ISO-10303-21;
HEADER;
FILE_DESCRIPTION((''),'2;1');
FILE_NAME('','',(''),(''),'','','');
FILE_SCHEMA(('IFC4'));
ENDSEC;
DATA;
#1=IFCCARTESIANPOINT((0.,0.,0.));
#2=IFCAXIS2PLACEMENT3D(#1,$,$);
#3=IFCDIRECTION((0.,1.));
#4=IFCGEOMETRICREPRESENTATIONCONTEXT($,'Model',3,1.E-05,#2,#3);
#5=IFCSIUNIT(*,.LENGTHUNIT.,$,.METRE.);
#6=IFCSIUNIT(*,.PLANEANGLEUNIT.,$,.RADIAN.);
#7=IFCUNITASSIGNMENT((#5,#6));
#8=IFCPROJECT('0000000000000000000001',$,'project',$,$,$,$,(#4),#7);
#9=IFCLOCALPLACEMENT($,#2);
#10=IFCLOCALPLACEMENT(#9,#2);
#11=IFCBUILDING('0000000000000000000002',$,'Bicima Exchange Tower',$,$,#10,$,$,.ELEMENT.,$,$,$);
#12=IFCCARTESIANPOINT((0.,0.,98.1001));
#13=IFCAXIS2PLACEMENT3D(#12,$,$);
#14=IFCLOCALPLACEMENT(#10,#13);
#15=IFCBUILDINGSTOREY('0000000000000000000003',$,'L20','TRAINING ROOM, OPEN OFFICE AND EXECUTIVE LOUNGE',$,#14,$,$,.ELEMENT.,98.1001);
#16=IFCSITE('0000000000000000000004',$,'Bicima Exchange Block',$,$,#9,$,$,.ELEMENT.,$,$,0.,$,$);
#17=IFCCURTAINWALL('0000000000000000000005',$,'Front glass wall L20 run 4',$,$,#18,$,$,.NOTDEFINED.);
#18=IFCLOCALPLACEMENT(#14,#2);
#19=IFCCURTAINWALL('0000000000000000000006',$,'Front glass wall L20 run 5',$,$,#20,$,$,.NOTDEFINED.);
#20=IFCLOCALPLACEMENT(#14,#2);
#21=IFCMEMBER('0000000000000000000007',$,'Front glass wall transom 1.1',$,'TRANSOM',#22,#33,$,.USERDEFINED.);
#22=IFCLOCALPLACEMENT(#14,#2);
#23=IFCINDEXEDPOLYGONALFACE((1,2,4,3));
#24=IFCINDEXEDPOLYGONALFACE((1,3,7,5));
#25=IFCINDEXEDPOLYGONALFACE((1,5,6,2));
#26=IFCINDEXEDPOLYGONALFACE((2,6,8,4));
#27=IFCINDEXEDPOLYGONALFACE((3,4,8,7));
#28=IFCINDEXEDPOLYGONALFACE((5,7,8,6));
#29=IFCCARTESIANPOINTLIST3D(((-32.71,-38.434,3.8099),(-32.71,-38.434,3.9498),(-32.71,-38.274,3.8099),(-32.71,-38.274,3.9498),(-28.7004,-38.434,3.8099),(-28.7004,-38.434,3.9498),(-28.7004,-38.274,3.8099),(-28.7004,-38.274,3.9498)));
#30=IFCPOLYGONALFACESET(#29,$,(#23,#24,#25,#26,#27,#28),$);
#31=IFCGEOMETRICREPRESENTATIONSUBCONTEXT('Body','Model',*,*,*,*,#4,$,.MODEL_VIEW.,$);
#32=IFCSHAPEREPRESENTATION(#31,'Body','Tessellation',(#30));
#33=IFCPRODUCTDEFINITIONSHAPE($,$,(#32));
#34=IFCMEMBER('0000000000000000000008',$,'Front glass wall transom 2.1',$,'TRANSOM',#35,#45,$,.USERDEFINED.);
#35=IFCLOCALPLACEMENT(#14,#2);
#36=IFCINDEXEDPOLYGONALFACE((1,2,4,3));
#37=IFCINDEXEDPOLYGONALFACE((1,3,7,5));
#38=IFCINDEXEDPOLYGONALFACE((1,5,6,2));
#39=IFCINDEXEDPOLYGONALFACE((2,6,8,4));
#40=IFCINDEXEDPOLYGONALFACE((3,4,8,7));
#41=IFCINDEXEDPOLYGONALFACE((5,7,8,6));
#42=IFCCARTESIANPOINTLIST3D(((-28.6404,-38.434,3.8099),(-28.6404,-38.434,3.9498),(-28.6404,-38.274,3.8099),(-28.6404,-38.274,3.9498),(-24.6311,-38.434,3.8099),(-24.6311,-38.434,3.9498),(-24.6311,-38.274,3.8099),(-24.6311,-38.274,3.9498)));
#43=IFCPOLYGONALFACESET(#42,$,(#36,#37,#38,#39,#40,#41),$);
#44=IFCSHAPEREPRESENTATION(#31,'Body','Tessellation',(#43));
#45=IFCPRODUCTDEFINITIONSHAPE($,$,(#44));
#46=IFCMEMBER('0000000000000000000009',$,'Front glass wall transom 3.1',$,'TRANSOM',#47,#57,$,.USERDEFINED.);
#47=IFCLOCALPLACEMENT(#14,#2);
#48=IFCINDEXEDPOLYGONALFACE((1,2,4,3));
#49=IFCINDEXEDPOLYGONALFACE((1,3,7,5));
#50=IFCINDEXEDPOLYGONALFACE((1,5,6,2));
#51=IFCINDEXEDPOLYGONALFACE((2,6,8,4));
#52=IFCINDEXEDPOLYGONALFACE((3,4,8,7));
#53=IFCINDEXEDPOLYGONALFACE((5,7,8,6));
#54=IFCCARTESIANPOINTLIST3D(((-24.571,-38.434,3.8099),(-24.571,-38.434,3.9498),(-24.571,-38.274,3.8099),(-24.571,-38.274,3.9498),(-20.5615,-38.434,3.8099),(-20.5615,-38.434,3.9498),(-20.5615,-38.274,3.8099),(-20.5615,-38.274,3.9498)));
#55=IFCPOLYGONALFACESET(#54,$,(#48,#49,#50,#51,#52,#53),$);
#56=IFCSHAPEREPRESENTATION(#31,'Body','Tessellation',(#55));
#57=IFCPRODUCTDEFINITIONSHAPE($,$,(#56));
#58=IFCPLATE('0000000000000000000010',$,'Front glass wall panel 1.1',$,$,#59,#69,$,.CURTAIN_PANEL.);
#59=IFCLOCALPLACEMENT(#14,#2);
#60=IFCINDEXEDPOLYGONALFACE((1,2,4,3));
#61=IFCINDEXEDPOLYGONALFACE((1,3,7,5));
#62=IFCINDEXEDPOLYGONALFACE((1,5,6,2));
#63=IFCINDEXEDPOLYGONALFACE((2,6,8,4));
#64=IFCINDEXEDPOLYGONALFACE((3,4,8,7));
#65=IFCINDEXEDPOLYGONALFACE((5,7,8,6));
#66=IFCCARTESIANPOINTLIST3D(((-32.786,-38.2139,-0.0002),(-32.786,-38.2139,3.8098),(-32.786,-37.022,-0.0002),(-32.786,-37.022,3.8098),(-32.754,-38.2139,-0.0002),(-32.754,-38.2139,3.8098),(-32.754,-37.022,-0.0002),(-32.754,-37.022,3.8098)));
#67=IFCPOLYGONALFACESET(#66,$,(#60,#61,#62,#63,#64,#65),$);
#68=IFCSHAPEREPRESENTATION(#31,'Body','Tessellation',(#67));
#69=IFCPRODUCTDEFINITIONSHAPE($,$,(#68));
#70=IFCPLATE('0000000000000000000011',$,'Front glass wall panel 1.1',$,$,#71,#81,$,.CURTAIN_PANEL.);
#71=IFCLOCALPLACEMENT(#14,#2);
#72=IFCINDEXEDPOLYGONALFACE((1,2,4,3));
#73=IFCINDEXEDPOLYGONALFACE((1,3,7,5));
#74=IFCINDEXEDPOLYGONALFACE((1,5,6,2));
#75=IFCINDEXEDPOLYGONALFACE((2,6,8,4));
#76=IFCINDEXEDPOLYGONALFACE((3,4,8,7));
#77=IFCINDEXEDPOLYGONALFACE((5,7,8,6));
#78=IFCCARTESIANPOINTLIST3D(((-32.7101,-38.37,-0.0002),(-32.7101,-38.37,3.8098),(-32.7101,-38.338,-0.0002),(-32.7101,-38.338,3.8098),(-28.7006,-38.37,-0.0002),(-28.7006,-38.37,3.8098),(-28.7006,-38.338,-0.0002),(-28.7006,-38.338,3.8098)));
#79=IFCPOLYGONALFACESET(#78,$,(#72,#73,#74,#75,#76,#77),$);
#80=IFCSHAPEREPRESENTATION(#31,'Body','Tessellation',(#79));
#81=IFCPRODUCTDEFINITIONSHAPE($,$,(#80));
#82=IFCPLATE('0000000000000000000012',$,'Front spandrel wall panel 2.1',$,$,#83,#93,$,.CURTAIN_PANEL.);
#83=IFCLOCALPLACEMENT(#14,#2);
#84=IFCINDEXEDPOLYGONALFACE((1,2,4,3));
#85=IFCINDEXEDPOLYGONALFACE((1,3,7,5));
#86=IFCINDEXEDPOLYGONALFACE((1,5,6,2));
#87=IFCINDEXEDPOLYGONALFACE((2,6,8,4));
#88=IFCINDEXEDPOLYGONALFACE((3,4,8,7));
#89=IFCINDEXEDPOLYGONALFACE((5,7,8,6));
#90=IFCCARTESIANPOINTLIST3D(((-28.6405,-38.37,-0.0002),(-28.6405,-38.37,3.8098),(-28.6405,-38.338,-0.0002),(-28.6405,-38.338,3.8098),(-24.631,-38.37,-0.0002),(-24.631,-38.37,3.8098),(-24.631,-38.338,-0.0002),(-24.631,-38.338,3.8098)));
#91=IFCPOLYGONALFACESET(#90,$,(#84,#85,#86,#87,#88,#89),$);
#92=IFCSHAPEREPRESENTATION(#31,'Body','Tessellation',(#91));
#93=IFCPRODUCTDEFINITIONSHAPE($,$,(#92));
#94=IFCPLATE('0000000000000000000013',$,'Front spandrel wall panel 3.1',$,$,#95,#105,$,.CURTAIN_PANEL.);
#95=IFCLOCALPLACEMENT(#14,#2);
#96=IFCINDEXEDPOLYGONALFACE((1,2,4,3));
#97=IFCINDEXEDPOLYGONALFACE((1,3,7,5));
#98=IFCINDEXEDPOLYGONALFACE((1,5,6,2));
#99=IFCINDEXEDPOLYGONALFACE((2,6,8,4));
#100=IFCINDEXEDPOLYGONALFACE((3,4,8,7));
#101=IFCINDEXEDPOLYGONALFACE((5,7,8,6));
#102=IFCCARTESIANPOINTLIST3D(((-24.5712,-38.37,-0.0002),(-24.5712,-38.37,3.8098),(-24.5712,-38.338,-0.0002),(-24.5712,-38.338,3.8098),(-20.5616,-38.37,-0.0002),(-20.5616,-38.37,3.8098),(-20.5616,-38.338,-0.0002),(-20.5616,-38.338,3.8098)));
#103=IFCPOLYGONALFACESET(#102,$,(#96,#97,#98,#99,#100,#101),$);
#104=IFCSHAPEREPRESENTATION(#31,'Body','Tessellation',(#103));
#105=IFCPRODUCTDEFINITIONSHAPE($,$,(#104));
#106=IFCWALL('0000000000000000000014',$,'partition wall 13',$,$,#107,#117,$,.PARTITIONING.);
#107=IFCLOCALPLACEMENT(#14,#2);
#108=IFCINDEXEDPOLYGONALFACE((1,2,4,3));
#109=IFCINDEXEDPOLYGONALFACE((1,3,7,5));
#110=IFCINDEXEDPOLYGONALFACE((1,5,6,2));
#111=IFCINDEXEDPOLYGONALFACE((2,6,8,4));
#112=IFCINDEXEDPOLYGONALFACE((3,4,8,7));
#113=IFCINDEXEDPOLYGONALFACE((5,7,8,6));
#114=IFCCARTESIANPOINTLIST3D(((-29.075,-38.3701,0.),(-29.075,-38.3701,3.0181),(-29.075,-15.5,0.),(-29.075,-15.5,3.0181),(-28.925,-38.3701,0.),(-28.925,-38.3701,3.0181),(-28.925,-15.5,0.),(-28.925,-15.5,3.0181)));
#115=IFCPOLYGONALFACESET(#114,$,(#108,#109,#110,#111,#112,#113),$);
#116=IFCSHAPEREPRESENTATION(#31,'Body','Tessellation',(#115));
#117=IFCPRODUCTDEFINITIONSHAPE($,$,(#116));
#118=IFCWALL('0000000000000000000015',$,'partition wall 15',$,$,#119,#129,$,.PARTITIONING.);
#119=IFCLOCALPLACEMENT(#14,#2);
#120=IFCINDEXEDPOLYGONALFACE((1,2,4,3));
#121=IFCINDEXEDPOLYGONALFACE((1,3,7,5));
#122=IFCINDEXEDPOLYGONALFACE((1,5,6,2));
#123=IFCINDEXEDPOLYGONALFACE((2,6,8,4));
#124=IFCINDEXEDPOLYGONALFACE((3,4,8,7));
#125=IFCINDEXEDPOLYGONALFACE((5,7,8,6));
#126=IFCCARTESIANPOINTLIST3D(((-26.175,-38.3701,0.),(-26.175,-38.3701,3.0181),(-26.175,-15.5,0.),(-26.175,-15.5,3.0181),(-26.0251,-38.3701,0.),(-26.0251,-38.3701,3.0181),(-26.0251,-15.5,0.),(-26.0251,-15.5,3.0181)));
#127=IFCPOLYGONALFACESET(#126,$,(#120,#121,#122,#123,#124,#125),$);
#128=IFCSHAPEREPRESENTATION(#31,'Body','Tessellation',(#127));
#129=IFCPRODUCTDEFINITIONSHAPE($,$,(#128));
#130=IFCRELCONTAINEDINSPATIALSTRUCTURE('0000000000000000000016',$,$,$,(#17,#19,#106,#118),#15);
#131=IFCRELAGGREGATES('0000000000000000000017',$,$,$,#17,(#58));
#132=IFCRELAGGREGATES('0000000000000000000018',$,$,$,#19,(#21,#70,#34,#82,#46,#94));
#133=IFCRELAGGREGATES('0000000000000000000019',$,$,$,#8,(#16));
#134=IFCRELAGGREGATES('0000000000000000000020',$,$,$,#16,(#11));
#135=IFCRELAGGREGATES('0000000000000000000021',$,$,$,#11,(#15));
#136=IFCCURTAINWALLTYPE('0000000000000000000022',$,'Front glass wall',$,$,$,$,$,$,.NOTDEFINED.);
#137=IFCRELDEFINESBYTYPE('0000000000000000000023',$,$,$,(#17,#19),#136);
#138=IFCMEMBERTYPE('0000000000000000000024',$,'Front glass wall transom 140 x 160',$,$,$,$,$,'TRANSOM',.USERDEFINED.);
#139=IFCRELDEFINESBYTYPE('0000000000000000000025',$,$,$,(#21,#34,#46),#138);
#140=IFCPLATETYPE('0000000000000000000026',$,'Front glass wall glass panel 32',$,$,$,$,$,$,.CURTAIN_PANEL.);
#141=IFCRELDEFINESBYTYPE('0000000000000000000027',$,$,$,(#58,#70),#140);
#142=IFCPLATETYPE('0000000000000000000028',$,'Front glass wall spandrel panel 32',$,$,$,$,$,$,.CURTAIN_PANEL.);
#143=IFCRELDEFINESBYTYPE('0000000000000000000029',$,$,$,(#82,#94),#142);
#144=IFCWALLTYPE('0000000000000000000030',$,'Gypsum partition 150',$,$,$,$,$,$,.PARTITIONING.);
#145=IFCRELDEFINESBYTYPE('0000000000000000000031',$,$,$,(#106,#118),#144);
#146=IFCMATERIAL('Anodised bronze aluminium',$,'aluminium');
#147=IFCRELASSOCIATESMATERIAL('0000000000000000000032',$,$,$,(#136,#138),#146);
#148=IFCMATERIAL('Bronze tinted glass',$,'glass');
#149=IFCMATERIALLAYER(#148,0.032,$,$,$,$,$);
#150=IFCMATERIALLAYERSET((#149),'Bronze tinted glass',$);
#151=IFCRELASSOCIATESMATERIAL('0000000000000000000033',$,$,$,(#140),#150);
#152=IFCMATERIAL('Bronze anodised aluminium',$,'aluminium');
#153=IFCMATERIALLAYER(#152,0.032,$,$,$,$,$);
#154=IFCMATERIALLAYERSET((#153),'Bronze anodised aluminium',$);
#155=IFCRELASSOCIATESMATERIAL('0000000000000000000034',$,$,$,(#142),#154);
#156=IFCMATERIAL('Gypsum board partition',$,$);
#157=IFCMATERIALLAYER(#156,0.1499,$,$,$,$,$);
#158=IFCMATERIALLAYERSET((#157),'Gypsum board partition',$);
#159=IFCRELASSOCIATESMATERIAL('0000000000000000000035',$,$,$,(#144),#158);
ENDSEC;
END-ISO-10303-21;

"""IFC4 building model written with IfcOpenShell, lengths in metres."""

from ifc_helpers import new_model, si_unit, direction, frame, frame_2d, origin, origin_2d, place, context, subcontext, project, spatial, rectangle, extrude, material, layer, layer_set, material_profile, profile_set, type_object, element, aggregate, save


model = new_model("IFC4")

# Units and contexts
model_context = context("Model", 3, precision=1e-05, world=origin(), true_north=direction((0.0, 1.0)))
body_context = subcontext(model_context, "Body", "Model", "MODEL_VIEW")
ifc_project = project(units=[si_unit("LENGTHUNIT", "METRE"), si_unit("PLANEANGLEUNIT", "RADIAN")], contexts=[model_context])

# Site, building, storey
site_placement = place(None, origin())
site = spatial("IfcSite", under=ifc_project, at=site_placement, Name="Bicima Exchange Block", CompositionType="ELEMENT", RefElevation=0.0)
building_placement = place(site_placement, origin())
building = spatial("IfcBuilding", under=site, at=building_placement, Name="Bicima Exchange Tower", CompositionType="ELEMENT")
storey_placement = place(building_placement, frame((0.0, 0.0, 98.1001)))
storey = spatial("IfcBuildingStorey", under=building, at=storey_placement, Name="L20", Description="TRAINING ROOM, OPEN OFFICE AND EXECUTIVE LOUNGE", CompositionType="ELEMENT", Elevation=98.1001)

# Shared definitions
ifc_material_1 = material(Name="Anodised bronze aluminium", Category="aluminium")
curtain_wall_type = type_object("IfcCurtainWallType", Name="Front glass wall", PredefinedType="NOTDEFINED", material=ifc_material_1)

# Curtain walls
curtain_wall_1_placement = place(storey_placement, origin())
curtain_wall_1 = element("IfcCurtainWall", 1, at=curtain_wall_1_placement, inside=storey, type_object=curtain_wall_type, Name="Front glass wall L20 run 4", PredefinedType="NOTDEFINED")
curtain_wall_2_placement = place(storey_placement, origin())
curtain_wall_2 = element("IfcCurtainWall", 2, at=curtain_wall_2_placement, inside=storey, type_object=curtain_wall_type, Name="Front glass wall L20 run 5", PredefinedType="NOTDEFINED")

# Members
ifc_material_profile_1 = material_profile(ifc_material_1, rectangle(XDim=0.1599, YDim=0.1399, at=origin_2d()))
ifc_profile_set_1 = profile_set([ifc_material_profile_1], Name="Anodised bronze aluminium")
member_type_1 = type_object("IfcMemberType", Name="Front glass wall transom 140 x 160", ElementType="TRANSOM", PredefinedType="USERDEFINED", material=ifc_profile_set_1)
member_1_placement = place(storey_placement, frame((-32.71, -38.354, 3.8799), z_axis=(1.0, 0.0, 0.0), x_axis=(0.0, 1.0, 0.0)))
member_1 = element("IfcMember", 3, at=member_1_placement, type_object=member_type_1, Name="Front glass wall transom 1.1", ObjectType="TRANSOM", PredefinedType="USERDEFINED", context=body_context, shape_type="SweptSolid", body=[
    extrude(rectangle(XDim=0.1599, YDim=0.1399, at=origin_2d()), origin(), (0.0, 0.0, 1.0), 4.0095),
])
member_2_placement = place(storey_placement, frame((-28.6404, -38.354, 3.8799), z_axis=(1.0, 0.0, 0.0), x_axis=(0.0, 1.0, 0.0)))
member_2 = element("IfcMember", 4, at=member_2_placement, type_object=member_type_1, Name="Front glass wall transom 2.1", ObjectType="TRANSOM", PredefinedType="USERDEFINED", context=body_context, shape_type="SweptSolid", body=[
    extrude(rectangle(XDim=0.1599, YDim=0.1399, at=origin_2d()), origin(), (0.0, 0.0, 1.0), 4.0093),
])
member_3_placement = place(storey_placement, frame((-24.571, -38.354, 3.8799), z_axis=(1.0, 0.0, 0.0), x_axis=(0.0, 1.0, 0.0)))
member_3 = element("IfcMember", 5, at=member_3_placement, type_object=member_type_1, Name="Front glass wall transom 3.1", ObjectType="TRANSOM", PredefinedType="USERDEFINED", context=body_context, shape_type="SweptSolid", body=[
    extrude(rectangle(XDim=0.1599, YDim=0.1399, at=origin_2d()), origin(), (0.0, 0.0, 1.0), 4.0095),
])

# Plates
ifc_material_2 = material(Name="Bronze tinted glass", Category="glass")
ifc_layer_1 = layer(ifc_material_2, 0.032)
ifc_layer_set_1 = layer_set([ifc_layer_1], Name="Bronze tinted glass")
plate_type_1 = type_object("IfcPlateType", Name="Front glass wall glass panel 32", PredefinedType="CURTAIN_PANEL", material=ifc_layer_set_1)
plate_1_placement = place(storey_placement, frame((-32.77, -37.6179, -0.0002), z_axis=(0.0, 0.0, 1.0), x_axis=(0.0, -1.0, 0.0)))
plate_1 = element("IfcPlate", 6, at=plate_1_placement, type_object=plate_type_1, Name="Front glass wall panel 1.1", PredefinedType="CURTAIN_PANEL", context=body_context, shape_type="SweptSolid", body=[
    extrude(rectangle(XDim=1.1919, YDim=0.032, at=origin_2d()), origin(), (0.0, 0.0, 1.0), 3.8101),
])
aggregate(curtain_wall_1, [plate_1])
plate_2_placement = place(storey_placement, frame((-30.7053, -38.354, -0.0002), z_axis=(0.0, 0.0, 1.0), x_axis=(1.0, 0.0, 0.0)))
plate_2 = element("IfcPlate", 7, at=plate_2_placement, type_object=plate_type_1, Name="Front glass wall panel 1.1", PredefinedType="CURTAIN_PANEL", context=body_context, shape_type="SweptSolid", body=[
    extrude(rectangle(XDim=4.0095, YDim=0.032, at=origin_2d()), origin(), (0.0, 0.0, 1.0), 3.8101),
])
ifc_material_3 = material(Name="Bronze anodised aluminium", Category="aluminium")
ifc_layer_2 = layer(ifc_material_3, 0.032)
ifc_layer_set_2 = layer_set([ifc_layer_2], Name="Bronze anodised aluminium")
plate_type_2 = type_object("IfcPlateType", Name="Front glass wall spandrel panel 32", PredefinedType="CURTAIN_PANEL", material=ifc_layer_set_2)
plate_3_placement = place(storey_placement, frame((-26.6357, -38.354, -0.0002), z_axis=(0.0, 0.0, 1.0), x_axis=(1.0, 0.0, 0.0)))
plate_3 = element("IfcPlate", 8, at=plate_3_placement, type_object=plate_type_2, Name="Front spandrel wall panel 2.1", PredefinedType="CURTAIN_PANEL", context=body_context, shape_type="SweptSolid", body=[
    extrude(rectangle(XDim=4.0095, YDim=0.032, at=origin_2d()), origin(), (0.0, 0.0, 1.0), 3.8101),
])
plate_4_placement = place(storey_placement, frame((-22.5664, -38.354, -0.0002), z_axis=(0.0, 0.0, 1.0), x_axis=(1.0, 0.0, 0.0)))
plate_4 = element("IfcPlate", 9, at=plate_4_placement, type_object=plate_type_2, Name="Front spandrel wall panel 3.1", PredefinedType="CURTAIN_PANEL", context=body_context, shape_type="SweptSolid", body=[
    extrude(rectangle(XDim=4.0095, YDim=0.032, at=origin_2d()), origin(), (0.0, 0.0, 1.0), 3.8101),
])
aggregate(curtain_wall_2, [member_1, plate_2, member_2, plate_3, member_3, plate_4])

# Walls
ifc_material_4 = material(Name="Gypsum board partition")
ifc_layer_3 = layer(ifc_material_4, 0.1499)
ifc_layer_set_3 = layer_set([ifc_layer_3], Name="Gypsum board partition")
wall_type = type_object("IfcWallType", Name="Gypsum partition 150", PredefinedType="PARTITIONING", material=ifc_layer_set_3)
for number, where, z_axis, x_axis, name in (
    (10, (-29.0, -38.3701, 0.0), (0.0, 0.0, 1.0), (0.0, 1.0, 0.0), "partition wall 13"),
    (11, (-26.1001, -38.3701, 0.0), (0.0, 0.0, 1.0), (0.0, 1.0, 0.0), "partition wall 15"),
):
    element("IfcWall", number, at=place(storey_placement, frame(where, z_axis=z_axis, x_axis=x_axis)), inside=storey, type_object=wall_type, Name=name, PredefinedType="PARTITIONING", context=body_context, shape_type="SweptSolid", body=[
        extrude(rectangle(XDim=22.8701, YDim=0.1499, at=frame_2d((11.4351, 0.0))), origin(), (0.0, 0.0, 1.0), 3.0181),
    ])

save(model, "model.ifc")
